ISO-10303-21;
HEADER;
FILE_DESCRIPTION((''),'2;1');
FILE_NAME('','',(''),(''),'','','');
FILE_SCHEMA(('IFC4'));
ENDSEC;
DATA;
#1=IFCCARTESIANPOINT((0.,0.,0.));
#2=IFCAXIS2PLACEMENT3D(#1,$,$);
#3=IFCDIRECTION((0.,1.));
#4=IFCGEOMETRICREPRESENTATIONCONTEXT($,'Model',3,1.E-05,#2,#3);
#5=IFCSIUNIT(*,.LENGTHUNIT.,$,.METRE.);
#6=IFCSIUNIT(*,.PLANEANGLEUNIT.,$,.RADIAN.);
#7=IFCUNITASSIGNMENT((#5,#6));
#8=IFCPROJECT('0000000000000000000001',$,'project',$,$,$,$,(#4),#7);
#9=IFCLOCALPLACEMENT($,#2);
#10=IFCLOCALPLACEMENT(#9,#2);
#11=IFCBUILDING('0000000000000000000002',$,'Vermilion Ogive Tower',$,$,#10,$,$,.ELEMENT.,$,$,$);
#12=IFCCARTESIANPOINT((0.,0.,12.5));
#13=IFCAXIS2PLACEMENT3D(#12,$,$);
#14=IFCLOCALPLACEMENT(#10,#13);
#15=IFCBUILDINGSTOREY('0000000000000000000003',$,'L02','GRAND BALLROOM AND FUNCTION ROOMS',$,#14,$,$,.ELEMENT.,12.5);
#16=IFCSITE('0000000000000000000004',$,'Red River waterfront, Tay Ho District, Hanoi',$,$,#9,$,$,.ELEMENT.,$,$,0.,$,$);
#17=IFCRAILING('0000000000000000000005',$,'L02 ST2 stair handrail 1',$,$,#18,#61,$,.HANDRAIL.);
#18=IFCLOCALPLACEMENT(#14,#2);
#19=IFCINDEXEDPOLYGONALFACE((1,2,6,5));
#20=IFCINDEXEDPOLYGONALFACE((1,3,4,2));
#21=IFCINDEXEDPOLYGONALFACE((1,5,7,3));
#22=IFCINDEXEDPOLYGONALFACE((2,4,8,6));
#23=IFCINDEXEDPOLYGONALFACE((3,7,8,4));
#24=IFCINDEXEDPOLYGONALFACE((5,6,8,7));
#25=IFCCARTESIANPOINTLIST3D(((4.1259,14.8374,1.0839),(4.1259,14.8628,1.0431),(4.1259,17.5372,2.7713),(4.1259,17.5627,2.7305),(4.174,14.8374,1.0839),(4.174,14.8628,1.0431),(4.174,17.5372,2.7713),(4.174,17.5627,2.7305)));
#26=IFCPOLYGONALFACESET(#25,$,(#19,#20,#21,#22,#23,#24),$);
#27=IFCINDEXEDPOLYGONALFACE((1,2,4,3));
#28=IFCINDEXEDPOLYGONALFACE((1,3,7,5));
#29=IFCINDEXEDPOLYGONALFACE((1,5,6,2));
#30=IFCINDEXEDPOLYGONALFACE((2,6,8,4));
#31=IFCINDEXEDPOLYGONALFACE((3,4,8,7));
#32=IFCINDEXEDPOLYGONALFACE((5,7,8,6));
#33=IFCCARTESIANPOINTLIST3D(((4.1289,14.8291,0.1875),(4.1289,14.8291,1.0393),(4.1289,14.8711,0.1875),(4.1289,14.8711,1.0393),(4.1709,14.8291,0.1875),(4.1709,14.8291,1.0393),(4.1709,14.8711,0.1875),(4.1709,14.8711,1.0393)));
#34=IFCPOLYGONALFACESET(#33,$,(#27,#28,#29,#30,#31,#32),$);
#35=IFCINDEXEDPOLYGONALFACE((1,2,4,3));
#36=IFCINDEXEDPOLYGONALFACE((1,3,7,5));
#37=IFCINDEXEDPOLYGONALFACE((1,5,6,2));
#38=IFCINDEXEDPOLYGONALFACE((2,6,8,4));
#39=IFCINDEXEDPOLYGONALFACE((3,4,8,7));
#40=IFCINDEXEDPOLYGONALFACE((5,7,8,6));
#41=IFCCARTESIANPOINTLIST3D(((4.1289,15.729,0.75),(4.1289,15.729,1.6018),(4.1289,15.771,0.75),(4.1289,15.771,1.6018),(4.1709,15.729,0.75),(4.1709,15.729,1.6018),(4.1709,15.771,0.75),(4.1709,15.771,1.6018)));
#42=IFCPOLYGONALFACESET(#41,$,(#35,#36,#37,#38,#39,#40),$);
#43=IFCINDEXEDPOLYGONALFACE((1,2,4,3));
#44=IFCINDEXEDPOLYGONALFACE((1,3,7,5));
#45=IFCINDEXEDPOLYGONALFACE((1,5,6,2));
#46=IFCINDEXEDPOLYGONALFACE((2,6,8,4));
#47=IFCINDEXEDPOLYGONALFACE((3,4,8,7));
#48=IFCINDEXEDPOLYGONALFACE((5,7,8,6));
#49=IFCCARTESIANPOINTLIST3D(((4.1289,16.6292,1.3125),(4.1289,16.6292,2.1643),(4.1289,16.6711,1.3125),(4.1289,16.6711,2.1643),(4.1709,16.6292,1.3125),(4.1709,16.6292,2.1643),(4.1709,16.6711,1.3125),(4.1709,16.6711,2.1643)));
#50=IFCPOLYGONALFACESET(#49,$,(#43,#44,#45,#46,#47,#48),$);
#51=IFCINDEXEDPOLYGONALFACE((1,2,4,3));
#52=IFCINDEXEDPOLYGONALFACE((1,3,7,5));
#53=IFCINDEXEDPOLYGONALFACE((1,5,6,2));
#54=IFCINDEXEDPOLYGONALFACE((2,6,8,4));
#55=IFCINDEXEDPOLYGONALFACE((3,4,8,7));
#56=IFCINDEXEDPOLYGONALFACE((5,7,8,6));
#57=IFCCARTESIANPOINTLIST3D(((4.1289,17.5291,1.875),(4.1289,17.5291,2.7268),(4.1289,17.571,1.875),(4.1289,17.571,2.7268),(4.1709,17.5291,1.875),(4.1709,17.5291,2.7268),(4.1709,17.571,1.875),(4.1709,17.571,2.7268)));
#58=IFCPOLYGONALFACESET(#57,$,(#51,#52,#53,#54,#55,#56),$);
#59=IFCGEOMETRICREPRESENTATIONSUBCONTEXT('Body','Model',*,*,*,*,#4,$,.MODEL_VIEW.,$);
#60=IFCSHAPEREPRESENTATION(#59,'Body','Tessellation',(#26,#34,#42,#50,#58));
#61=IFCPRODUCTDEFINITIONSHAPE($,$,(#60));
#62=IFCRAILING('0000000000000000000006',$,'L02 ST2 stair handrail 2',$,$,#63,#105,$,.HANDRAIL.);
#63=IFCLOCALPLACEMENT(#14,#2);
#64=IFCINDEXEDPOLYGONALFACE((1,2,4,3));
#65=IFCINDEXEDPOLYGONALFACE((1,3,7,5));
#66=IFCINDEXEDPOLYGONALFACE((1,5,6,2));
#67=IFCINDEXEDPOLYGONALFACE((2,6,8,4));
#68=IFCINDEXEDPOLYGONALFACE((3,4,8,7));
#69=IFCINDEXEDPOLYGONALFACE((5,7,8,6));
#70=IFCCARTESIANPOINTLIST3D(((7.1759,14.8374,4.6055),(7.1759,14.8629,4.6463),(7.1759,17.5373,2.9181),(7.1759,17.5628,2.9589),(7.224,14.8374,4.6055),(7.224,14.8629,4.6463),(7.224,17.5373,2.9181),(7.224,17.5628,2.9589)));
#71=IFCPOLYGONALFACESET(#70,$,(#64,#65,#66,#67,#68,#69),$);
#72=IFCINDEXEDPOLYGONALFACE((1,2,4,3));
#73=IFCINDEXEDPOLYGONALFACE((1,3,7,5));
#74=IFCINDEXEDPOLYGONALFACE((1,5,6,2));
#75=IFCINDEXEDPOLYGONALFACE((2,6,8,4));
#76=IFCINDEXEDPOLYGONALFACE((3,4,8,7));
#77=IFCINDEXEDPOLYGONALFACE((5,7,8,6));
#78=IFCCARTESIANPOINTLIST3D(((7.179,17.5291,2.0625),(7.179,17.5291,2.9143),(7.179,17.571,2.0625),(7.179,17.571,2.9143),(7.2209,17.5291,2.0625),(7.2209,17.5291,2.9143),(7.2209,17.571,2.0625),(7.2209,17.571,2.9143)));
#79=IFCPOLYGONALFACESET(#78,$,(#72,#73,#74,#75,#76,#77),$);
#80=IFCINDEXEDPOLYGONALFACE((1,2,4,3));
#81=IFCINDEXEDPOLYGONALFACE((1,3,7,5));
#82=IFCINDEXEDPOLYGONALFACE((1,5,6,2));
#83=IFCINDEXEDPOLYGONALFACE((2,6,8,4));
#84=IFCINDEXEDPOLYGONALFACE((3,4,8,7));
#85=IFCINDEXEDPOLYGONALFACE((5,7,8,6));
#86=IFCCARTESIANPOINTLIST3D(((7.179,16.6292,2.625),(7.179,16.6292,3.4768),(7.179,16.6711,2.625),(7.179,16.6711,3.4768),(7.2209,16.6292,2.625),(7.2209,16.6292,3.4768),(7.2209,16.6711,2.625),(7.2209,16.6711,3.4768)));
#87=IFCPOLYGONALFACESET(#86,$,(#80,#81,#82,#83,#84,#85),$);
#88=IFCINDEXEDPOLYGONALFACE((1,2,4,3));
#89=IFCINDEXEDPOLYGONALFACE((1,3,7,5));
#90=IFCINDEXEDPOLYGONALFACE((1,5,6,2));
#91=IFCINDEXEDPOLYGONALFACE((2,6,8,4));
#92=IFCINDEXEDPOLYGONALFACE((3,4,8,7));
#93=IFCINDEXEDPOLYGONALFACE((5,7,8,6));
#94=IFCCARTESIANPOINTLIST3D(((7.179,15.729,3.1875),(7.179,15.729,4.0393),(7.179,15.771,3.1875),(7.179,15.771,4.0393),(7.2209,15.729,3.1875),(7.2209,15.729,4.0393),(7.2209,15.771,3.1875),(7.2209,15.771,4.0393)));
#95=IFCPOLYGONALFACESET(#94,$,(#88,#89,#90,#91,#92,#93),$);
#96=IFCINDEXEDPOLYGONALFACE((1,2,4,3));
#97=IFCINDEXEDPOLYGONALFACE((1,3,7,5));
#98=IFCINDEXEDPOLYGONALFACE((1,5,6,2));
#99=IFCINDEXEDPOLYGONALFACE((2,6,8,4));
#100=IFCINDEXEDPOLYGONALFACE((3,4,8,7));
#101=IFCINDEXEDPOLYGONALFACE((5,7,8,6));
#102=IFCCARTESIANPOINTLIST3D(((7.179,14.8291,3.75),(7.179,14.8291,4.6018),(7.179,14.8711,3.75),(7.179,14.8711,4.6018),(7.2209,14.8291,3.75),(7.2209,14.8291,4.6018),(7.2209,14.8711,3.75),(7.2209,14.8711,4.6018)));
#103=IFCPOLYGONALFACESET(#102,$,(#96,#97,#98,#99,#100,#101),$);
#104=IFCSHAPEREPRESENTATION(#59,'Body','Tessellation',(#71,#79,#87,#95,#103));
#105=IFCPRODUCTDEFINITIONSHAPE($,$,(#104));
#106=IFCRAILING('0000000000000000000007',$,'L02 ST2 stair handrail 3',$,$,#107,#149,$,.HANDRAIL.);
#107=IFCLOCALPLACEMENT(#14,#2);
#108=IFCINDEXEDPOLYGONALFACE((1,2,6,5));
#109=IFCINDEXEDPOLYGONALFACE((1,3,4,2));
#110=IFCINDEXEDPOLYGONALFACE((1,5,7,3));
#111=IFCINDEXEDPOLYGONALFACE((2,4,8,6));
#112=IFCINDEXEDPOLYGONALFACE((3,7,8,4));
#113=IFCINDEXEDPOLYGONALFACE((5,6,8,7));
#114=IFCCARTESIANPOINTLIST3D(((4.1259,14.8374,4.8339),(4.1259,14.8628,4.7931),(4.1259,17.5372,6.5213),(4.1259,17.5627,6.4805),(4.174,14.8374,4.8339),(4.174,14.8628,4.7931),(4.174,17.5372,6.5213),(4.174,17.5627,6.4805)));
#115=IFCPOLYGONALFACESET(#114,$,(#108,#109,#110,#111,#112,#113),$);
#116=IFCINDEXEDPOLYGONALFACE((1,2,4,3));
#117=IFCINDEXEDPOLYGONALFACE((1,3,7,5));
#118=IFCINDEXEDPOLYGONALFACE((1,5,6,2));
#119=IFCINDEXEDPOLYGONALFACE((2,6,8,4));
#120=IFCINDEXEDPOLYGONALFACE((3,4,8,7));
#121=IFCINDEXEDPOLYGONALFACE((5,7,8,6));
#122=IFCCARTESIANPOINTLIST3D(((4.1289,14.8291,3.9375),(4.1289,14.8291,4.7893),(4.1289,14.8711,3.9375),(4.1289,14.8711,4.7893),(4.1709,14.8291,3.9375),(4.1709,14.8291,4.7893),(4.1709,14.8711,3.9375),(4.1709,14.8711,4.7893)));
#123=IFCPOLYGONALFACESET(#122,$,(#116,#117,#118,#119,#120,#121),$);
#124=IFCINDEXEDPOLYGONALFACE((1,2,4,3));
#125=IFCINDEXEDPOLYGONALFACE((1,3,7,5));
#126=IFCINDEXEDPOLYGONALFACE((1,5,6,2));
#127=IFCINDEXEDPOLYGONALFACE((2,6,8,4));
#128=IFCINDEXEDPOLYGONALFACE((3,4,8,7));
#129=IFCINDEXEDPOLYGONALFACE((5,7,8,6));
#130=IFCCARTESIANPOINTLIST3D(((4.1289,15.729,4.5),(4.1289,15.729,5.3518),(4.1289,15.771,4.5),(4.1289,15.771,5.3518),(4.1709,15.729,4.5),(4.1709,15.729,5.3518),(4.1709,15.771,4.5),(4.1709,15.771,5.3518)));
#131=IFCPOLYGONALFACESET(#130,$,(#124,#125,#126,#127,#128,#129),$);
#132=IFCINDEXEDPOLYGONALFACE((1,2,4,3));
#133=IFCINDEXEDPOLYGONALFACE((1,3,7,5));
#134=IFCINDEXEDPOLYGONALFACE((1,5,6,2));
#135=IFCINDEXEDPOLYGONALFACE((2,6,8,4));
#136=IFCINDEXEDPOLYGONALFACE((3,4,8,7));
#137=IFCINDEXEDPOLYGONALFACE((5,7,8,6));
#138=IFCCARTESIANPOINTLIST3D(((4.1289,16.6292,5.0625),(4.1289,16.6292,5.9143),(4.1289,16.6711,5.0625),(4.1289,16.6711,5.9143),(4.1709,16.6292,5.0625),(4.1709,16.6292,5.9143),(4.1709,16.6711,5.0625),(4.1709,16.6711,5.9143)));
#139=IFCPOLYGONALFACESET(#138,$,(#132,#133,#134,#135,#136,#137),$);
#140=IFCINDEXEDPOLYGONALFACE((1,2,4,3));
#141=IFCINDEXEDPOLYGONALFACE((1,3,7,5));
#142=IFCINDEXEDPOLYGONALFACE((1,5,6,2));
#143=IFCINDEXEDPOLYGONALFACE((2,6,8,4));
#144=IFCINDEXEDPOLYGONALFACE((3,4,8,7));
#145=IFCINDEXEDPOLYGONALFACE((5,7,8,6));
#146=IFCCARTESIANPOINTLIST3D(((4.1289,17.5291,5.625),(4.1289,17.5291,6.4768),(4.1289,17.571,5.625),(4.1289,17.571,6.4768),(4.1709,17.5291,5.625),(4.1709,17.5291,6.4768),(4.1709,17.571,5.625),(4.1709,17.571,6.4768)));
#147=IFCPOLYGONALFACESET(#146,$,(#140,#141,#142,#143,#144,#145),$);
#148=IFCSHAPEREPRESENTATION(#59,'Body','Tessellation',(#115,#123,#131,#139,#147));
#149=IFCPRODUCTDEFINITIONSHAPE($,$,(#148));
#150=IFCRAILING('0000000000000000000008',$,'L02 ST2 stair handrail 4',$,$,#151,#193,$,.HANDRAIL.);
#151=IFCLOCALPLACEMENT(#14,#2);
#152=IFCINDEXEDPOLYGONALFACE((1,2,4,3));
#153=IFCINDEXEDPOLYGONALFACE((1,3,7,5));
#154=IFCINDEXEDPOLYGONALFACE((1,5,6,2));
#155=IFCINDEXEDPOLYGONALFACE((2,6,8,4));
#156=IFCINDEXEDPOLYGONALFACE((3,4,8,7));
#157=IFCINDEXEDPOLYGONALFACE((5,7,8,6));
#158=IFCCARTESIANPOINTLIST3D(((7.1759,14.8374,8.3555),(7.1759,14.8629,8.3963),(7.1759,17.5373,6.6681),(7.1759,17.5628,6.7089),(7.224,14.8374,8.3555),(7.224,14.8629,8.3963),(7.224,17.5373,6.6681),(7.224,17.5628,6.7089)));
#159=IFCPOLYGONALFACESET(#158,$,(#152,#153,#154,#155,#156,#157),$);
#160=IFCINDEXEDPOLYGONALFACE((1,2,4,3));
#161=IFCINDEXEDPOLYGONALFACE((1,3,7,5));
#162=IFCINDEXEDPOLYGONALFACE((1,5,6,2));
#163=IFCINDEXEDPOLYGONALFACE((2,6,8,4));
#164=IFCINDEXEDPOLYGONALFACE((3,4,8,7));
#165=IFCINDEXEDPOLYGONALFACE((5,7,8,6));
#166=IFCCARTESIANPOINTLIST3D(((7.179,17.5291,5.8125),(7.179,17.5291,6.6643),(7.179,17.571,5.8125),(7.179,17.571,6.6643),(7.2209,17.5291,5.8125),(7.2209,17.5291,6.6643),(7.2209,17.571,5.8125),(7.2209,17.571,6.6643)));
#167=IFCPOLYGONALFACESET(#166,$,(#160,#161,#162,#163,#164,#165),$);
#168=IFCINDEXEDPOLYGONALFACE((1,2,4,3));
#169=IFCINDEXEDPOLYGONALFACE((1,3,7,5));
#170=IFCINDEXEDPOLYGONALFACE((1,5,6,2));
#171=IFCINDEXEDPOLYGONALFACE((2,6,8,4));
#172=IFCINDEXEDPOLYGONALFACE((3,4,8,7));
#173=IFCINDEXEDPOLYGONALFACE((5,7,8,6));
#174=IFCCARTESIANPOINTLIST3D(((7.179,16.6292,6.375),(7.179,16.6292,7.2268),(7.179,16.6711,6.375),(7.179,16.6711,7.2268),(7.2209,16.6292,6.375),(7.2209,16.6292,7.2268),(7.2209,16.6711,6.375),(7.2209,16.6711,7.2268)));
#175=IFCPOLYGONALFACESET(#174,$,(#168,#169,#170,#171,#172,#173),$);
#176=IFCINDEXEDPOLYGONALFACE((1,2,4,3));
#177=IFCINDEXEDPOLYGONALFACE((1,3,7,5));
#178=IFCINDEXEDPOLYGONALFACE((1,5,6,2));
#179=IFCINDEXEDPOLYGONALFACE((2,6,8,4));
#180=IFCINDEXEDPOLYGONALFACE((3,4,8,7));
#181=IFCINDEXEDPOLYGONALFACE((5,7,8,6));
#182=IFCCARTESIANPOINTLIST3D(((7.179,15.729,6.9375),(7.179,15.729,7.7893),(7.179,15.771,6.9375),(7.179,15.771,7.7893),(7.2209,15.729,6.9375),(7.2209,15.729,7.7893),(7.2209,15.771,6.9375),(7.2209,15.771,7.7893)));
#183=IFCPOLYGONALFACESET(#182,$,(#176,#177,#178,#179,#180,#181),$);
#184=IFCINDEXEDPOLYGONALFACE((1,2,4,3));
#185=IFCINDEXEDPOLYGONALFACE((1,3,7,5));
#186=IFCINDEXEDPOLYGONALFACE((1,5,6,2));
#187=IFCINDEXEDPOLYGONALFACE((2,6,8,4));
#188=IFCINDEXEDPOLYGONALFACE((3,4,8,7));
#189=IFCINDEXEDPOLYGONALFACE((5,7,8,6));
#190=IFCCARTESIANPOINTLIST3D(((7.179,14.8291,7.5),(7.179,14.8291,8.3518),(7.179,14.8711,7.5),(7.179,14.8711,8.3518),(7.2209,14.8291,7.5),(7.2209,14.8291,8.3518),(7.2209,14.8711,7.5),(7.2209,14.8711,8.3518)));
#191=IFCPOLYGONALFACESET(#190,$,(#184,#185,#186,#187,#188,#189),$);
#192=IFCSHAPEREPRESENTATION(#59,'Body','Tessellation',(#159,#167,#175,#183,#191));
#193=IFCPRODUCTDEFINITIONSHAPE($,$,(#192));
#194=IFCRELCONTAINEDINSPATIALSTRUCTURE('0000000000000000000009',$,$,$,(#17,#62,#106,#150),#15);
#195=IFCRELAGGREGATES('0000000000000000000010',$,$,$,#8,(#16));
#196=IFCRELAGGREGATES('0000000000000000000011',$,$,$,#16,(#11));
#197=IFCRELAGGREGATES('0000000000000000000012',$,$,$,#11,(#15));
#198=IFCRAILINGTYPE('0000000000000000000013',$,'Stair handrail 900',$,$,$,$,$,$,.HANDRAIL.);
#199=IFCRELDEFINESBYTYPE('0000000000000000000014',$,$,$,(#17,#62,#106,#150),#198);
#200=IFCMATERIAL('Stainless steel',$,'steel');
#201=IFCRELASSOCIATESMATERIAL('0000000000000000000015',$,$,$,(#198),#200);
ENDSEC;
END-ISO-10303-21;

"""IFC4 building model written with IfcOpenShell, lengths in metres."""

from ifc_helpers import new_model, si_unit, direction, frame, origin, origin_2d, place, context, subcontext, project, spatial, rectangle, extrude, material, type_object, element, save


model = new_model("IFC4")

# Units and contexts
model_context = context("Model", 3, precision=1e-05, world=origin(), true_north=direction((0.0, 1.0)))
body_context = subcontext(model_context, "Body", "Model", "MODEL_VIEW")
ifc_project = project(units=[si_unit("LENGTHUNIT", "METRE"), si_unit("PLANEANGLEUNIT", "RADIAN")], contexts=[model_context])

# Site, building, storey
site_placement = place(None, origin())
site = spatial("IfcSite", under=ifc_project, at=site_placement, Name="Red River waterfront, Tay Ho District, Hanoi", CompositionType="ELEMENT", RefElevation=0.0)
building_placement = place(site_placement, origin())
building = spatial("IfcBuilding", under=site, at=building_placement, Name="Vermilion Ogive Tower", CompositionType="ELEMENT")
storey_placement = place(building_placement, frame((0.0, 0.0, 12.5)))
storey = spatial("IfcBuildingStorey", under=building, at=storey_placement, Name="L02", Description="GRAND BALLROOM AND FUNCTION ROOMS", CompositionType="ELEMENT", Elevation=12.5)

# Railings
ifc_material_1 = material(Name="Stainless steel", Category="steel")
railing_type_1 = type_object("IfcRailingType", Name="Stair handrail 900", PredefinedType="HANDRAIL", material=ifc_material_1)
railing_1_placement = place(storey_placement, frame((4.1499, 14.8501, 0.1875)))
element("IfcRailing", 1, at=railing_1_placement, inside=storey, type_object=railing_type_1, Name="L02 ST2 stair handrail 1", PredefinedType="HANDRAIL", context=body_context, shape_type="SweptSolid", body=[
    extrude(rectangle(XDim=0.0481, YDim=0.0481, at=origin_2d()), frame((0.0, 0.0, 0.876), z_axis=(0.0, 0.847994, 0.530006), x_axis=(-1.0, 0.0, 0.0)), (0.0, 0.0, 1.0), 3.1838),
    extrude(rectangle(XDim=0.042, YDim=0.042, at=origin_2d()), origin(), (0.0, 0.0, 1.0), 0.8518),
    extrude(rectangle(XDim=0.042, YDim=0.042, at=origin_2d()), frame((0.0, 0.8999, 0.5625)), (0.0, 0.0, 1.0), 0.8518),
    extrude(rectangle(XDim=0.042, YDim=0.042, at=origin_2d()), frame((0.0, 1.8, 1.125)), (0.0, 0.0, 1.0), 0.8518),
    extrude(rectangle(XDim=0.042, YDim=0.042, at=origin_2d()), frame((0.0, 2.7, 1.6875)), (0.0, 0.0, 1.0), 0.8518),
])
railing_2_placement = place(storey_placement, frame((7.2, 17.55, 2.0625)))
element("IfcRailing", 2, at=railing_2_placement, inside=storey, type_object=railing_type_1, Name="L02 ST2 stair handrail 2", PredefinedType="HANDRAIL", context=body_context, shape_type="SweptSolid", body=[
    extrude(rectangle(XDim=0.0481, YDim=0.0481, at=origin_2d()), frame((0.0, 0.0, 0.876), z_axis=(0.0, -0.847994, 0.530006), x_axis=(1.0, 0.0, 0.0)), (0.0, 0.0, 1.0), 3.1838),
    extrude(rectangle(XDim=0.042, YDim=0.042, at=origin_2d()), origin(), (0.0, 0.0, 1.0), 0.8518),
    extrude(rectangle(XDim=0.042, YDim=0.042, at=origin_2d()), frame((0.0, -0.8999, 0.5625)), (0.0, 0.0, 1.0), 0.8518),
    extrude(rectangle(XDim=0.042, YDim=0.042, at=origin_2d()), frame((0.0, -1.8, 1.125)), (0.0, 0.0, 1.0), 0.8518),
    extrude(rectangle(XDim=0.042, YDim=0.042, at=origin_2d()), frame((0.0, -2.7, 1.6875)), (0.0, 0.0, 1.0), 0.8518),
])
railing_3_placement = place(storey_placement, frame((4.1499, 14.8501, 3.9375)))
element("IfcRailing", 3, at=railing_3_placement, inside=storey, type_object=railing_type_1, Name="L02 ST2 stair handrail 3", PredefinedType="HANDRAIL", context=body_context, shape_type="SweptSolid", body=[
    extrude(rectangle(XDim=0.0481, YDim=0.0481, at=origin_2d()), frame((0.0, 0.0, 0.876), z_axis=(0.0, 0.847994, 0.530006), x_axis=(-1.0, 0.0, 0.0)), (0.0, 0.0, 1.0), 3.1838),
    extrude(rectangle(XDim=0.042, YDim=0.042, at=origin_2d()), origin(), (0.0, 0.0, 1.0), 0.8518),
    extrude(rectangle(XDim=0.042, YDim=0.042, at=origin_2d()), frame((0.0, 0.8999, 0.5625)), (0.0, 0.0, 1.0), 0.8518),
    extrude(rectangle(XDim=0.042, YDim=0.042, at=origin_2d()), frame((0.0, 1.8, 1.125)), (0.0, 0.0, 1.0), 0.8518),
    extrude(rectangle(XDim=0.042, YDim=0.042, at=origin_2d()), frame((0.0, 2.7, 1.6875)), (0.0, 0.0, 1.0), 0.8518),
])
railing_4_placement = place(storey_placement, frame((7.2, 17.55, 5.8125)))
element("IfcRailing", 4, at=railing_4_placement, inside=storey, type_object=railing_type_1, Name="L02 ST2 stair handrail 4", PredefinedType="HANDRAIL", context=body_context, shape_type="SweptSolid", body=[
    extrude(rectangle(XDim=0.0481, YDim=0.0481, at=origin_2d()), frame((0.0, 0.0, 0.876), z_axis=(0.0, -0.847994, 0.530006), x_axis=(1.0, 0.0, 0.0)), (0.0, 0.0, 1.0), 3.1838),
    extrude(rectangle(XDim=0.042, YDim=0.042, at=origin_2d()), origin(), (0.0, 0.0, 1.0), 0.8518),
    extrude(rectangle(XDim=0.042, YDim=0.042, at=origin_2d()), frame((0.0, -0.8999, 0.5625)), (0.0, 0.0, 1.0), 0.8518),
    extrude(rectangle(XDim=0.042, YDim=0.042, at=origin_2d()), frame((0.0, -1.8, 1.125)), (0.0, 0.0, 1.0), 0.8518),
    extrude(rectangle(XDim=0.042, YDim=0.042, at=origin_2d()), frame((0.0, -2.7, 1.6875)), (0.0, 0.0, 1.0), 0.8518),
])

save(model, "model.ifc")
